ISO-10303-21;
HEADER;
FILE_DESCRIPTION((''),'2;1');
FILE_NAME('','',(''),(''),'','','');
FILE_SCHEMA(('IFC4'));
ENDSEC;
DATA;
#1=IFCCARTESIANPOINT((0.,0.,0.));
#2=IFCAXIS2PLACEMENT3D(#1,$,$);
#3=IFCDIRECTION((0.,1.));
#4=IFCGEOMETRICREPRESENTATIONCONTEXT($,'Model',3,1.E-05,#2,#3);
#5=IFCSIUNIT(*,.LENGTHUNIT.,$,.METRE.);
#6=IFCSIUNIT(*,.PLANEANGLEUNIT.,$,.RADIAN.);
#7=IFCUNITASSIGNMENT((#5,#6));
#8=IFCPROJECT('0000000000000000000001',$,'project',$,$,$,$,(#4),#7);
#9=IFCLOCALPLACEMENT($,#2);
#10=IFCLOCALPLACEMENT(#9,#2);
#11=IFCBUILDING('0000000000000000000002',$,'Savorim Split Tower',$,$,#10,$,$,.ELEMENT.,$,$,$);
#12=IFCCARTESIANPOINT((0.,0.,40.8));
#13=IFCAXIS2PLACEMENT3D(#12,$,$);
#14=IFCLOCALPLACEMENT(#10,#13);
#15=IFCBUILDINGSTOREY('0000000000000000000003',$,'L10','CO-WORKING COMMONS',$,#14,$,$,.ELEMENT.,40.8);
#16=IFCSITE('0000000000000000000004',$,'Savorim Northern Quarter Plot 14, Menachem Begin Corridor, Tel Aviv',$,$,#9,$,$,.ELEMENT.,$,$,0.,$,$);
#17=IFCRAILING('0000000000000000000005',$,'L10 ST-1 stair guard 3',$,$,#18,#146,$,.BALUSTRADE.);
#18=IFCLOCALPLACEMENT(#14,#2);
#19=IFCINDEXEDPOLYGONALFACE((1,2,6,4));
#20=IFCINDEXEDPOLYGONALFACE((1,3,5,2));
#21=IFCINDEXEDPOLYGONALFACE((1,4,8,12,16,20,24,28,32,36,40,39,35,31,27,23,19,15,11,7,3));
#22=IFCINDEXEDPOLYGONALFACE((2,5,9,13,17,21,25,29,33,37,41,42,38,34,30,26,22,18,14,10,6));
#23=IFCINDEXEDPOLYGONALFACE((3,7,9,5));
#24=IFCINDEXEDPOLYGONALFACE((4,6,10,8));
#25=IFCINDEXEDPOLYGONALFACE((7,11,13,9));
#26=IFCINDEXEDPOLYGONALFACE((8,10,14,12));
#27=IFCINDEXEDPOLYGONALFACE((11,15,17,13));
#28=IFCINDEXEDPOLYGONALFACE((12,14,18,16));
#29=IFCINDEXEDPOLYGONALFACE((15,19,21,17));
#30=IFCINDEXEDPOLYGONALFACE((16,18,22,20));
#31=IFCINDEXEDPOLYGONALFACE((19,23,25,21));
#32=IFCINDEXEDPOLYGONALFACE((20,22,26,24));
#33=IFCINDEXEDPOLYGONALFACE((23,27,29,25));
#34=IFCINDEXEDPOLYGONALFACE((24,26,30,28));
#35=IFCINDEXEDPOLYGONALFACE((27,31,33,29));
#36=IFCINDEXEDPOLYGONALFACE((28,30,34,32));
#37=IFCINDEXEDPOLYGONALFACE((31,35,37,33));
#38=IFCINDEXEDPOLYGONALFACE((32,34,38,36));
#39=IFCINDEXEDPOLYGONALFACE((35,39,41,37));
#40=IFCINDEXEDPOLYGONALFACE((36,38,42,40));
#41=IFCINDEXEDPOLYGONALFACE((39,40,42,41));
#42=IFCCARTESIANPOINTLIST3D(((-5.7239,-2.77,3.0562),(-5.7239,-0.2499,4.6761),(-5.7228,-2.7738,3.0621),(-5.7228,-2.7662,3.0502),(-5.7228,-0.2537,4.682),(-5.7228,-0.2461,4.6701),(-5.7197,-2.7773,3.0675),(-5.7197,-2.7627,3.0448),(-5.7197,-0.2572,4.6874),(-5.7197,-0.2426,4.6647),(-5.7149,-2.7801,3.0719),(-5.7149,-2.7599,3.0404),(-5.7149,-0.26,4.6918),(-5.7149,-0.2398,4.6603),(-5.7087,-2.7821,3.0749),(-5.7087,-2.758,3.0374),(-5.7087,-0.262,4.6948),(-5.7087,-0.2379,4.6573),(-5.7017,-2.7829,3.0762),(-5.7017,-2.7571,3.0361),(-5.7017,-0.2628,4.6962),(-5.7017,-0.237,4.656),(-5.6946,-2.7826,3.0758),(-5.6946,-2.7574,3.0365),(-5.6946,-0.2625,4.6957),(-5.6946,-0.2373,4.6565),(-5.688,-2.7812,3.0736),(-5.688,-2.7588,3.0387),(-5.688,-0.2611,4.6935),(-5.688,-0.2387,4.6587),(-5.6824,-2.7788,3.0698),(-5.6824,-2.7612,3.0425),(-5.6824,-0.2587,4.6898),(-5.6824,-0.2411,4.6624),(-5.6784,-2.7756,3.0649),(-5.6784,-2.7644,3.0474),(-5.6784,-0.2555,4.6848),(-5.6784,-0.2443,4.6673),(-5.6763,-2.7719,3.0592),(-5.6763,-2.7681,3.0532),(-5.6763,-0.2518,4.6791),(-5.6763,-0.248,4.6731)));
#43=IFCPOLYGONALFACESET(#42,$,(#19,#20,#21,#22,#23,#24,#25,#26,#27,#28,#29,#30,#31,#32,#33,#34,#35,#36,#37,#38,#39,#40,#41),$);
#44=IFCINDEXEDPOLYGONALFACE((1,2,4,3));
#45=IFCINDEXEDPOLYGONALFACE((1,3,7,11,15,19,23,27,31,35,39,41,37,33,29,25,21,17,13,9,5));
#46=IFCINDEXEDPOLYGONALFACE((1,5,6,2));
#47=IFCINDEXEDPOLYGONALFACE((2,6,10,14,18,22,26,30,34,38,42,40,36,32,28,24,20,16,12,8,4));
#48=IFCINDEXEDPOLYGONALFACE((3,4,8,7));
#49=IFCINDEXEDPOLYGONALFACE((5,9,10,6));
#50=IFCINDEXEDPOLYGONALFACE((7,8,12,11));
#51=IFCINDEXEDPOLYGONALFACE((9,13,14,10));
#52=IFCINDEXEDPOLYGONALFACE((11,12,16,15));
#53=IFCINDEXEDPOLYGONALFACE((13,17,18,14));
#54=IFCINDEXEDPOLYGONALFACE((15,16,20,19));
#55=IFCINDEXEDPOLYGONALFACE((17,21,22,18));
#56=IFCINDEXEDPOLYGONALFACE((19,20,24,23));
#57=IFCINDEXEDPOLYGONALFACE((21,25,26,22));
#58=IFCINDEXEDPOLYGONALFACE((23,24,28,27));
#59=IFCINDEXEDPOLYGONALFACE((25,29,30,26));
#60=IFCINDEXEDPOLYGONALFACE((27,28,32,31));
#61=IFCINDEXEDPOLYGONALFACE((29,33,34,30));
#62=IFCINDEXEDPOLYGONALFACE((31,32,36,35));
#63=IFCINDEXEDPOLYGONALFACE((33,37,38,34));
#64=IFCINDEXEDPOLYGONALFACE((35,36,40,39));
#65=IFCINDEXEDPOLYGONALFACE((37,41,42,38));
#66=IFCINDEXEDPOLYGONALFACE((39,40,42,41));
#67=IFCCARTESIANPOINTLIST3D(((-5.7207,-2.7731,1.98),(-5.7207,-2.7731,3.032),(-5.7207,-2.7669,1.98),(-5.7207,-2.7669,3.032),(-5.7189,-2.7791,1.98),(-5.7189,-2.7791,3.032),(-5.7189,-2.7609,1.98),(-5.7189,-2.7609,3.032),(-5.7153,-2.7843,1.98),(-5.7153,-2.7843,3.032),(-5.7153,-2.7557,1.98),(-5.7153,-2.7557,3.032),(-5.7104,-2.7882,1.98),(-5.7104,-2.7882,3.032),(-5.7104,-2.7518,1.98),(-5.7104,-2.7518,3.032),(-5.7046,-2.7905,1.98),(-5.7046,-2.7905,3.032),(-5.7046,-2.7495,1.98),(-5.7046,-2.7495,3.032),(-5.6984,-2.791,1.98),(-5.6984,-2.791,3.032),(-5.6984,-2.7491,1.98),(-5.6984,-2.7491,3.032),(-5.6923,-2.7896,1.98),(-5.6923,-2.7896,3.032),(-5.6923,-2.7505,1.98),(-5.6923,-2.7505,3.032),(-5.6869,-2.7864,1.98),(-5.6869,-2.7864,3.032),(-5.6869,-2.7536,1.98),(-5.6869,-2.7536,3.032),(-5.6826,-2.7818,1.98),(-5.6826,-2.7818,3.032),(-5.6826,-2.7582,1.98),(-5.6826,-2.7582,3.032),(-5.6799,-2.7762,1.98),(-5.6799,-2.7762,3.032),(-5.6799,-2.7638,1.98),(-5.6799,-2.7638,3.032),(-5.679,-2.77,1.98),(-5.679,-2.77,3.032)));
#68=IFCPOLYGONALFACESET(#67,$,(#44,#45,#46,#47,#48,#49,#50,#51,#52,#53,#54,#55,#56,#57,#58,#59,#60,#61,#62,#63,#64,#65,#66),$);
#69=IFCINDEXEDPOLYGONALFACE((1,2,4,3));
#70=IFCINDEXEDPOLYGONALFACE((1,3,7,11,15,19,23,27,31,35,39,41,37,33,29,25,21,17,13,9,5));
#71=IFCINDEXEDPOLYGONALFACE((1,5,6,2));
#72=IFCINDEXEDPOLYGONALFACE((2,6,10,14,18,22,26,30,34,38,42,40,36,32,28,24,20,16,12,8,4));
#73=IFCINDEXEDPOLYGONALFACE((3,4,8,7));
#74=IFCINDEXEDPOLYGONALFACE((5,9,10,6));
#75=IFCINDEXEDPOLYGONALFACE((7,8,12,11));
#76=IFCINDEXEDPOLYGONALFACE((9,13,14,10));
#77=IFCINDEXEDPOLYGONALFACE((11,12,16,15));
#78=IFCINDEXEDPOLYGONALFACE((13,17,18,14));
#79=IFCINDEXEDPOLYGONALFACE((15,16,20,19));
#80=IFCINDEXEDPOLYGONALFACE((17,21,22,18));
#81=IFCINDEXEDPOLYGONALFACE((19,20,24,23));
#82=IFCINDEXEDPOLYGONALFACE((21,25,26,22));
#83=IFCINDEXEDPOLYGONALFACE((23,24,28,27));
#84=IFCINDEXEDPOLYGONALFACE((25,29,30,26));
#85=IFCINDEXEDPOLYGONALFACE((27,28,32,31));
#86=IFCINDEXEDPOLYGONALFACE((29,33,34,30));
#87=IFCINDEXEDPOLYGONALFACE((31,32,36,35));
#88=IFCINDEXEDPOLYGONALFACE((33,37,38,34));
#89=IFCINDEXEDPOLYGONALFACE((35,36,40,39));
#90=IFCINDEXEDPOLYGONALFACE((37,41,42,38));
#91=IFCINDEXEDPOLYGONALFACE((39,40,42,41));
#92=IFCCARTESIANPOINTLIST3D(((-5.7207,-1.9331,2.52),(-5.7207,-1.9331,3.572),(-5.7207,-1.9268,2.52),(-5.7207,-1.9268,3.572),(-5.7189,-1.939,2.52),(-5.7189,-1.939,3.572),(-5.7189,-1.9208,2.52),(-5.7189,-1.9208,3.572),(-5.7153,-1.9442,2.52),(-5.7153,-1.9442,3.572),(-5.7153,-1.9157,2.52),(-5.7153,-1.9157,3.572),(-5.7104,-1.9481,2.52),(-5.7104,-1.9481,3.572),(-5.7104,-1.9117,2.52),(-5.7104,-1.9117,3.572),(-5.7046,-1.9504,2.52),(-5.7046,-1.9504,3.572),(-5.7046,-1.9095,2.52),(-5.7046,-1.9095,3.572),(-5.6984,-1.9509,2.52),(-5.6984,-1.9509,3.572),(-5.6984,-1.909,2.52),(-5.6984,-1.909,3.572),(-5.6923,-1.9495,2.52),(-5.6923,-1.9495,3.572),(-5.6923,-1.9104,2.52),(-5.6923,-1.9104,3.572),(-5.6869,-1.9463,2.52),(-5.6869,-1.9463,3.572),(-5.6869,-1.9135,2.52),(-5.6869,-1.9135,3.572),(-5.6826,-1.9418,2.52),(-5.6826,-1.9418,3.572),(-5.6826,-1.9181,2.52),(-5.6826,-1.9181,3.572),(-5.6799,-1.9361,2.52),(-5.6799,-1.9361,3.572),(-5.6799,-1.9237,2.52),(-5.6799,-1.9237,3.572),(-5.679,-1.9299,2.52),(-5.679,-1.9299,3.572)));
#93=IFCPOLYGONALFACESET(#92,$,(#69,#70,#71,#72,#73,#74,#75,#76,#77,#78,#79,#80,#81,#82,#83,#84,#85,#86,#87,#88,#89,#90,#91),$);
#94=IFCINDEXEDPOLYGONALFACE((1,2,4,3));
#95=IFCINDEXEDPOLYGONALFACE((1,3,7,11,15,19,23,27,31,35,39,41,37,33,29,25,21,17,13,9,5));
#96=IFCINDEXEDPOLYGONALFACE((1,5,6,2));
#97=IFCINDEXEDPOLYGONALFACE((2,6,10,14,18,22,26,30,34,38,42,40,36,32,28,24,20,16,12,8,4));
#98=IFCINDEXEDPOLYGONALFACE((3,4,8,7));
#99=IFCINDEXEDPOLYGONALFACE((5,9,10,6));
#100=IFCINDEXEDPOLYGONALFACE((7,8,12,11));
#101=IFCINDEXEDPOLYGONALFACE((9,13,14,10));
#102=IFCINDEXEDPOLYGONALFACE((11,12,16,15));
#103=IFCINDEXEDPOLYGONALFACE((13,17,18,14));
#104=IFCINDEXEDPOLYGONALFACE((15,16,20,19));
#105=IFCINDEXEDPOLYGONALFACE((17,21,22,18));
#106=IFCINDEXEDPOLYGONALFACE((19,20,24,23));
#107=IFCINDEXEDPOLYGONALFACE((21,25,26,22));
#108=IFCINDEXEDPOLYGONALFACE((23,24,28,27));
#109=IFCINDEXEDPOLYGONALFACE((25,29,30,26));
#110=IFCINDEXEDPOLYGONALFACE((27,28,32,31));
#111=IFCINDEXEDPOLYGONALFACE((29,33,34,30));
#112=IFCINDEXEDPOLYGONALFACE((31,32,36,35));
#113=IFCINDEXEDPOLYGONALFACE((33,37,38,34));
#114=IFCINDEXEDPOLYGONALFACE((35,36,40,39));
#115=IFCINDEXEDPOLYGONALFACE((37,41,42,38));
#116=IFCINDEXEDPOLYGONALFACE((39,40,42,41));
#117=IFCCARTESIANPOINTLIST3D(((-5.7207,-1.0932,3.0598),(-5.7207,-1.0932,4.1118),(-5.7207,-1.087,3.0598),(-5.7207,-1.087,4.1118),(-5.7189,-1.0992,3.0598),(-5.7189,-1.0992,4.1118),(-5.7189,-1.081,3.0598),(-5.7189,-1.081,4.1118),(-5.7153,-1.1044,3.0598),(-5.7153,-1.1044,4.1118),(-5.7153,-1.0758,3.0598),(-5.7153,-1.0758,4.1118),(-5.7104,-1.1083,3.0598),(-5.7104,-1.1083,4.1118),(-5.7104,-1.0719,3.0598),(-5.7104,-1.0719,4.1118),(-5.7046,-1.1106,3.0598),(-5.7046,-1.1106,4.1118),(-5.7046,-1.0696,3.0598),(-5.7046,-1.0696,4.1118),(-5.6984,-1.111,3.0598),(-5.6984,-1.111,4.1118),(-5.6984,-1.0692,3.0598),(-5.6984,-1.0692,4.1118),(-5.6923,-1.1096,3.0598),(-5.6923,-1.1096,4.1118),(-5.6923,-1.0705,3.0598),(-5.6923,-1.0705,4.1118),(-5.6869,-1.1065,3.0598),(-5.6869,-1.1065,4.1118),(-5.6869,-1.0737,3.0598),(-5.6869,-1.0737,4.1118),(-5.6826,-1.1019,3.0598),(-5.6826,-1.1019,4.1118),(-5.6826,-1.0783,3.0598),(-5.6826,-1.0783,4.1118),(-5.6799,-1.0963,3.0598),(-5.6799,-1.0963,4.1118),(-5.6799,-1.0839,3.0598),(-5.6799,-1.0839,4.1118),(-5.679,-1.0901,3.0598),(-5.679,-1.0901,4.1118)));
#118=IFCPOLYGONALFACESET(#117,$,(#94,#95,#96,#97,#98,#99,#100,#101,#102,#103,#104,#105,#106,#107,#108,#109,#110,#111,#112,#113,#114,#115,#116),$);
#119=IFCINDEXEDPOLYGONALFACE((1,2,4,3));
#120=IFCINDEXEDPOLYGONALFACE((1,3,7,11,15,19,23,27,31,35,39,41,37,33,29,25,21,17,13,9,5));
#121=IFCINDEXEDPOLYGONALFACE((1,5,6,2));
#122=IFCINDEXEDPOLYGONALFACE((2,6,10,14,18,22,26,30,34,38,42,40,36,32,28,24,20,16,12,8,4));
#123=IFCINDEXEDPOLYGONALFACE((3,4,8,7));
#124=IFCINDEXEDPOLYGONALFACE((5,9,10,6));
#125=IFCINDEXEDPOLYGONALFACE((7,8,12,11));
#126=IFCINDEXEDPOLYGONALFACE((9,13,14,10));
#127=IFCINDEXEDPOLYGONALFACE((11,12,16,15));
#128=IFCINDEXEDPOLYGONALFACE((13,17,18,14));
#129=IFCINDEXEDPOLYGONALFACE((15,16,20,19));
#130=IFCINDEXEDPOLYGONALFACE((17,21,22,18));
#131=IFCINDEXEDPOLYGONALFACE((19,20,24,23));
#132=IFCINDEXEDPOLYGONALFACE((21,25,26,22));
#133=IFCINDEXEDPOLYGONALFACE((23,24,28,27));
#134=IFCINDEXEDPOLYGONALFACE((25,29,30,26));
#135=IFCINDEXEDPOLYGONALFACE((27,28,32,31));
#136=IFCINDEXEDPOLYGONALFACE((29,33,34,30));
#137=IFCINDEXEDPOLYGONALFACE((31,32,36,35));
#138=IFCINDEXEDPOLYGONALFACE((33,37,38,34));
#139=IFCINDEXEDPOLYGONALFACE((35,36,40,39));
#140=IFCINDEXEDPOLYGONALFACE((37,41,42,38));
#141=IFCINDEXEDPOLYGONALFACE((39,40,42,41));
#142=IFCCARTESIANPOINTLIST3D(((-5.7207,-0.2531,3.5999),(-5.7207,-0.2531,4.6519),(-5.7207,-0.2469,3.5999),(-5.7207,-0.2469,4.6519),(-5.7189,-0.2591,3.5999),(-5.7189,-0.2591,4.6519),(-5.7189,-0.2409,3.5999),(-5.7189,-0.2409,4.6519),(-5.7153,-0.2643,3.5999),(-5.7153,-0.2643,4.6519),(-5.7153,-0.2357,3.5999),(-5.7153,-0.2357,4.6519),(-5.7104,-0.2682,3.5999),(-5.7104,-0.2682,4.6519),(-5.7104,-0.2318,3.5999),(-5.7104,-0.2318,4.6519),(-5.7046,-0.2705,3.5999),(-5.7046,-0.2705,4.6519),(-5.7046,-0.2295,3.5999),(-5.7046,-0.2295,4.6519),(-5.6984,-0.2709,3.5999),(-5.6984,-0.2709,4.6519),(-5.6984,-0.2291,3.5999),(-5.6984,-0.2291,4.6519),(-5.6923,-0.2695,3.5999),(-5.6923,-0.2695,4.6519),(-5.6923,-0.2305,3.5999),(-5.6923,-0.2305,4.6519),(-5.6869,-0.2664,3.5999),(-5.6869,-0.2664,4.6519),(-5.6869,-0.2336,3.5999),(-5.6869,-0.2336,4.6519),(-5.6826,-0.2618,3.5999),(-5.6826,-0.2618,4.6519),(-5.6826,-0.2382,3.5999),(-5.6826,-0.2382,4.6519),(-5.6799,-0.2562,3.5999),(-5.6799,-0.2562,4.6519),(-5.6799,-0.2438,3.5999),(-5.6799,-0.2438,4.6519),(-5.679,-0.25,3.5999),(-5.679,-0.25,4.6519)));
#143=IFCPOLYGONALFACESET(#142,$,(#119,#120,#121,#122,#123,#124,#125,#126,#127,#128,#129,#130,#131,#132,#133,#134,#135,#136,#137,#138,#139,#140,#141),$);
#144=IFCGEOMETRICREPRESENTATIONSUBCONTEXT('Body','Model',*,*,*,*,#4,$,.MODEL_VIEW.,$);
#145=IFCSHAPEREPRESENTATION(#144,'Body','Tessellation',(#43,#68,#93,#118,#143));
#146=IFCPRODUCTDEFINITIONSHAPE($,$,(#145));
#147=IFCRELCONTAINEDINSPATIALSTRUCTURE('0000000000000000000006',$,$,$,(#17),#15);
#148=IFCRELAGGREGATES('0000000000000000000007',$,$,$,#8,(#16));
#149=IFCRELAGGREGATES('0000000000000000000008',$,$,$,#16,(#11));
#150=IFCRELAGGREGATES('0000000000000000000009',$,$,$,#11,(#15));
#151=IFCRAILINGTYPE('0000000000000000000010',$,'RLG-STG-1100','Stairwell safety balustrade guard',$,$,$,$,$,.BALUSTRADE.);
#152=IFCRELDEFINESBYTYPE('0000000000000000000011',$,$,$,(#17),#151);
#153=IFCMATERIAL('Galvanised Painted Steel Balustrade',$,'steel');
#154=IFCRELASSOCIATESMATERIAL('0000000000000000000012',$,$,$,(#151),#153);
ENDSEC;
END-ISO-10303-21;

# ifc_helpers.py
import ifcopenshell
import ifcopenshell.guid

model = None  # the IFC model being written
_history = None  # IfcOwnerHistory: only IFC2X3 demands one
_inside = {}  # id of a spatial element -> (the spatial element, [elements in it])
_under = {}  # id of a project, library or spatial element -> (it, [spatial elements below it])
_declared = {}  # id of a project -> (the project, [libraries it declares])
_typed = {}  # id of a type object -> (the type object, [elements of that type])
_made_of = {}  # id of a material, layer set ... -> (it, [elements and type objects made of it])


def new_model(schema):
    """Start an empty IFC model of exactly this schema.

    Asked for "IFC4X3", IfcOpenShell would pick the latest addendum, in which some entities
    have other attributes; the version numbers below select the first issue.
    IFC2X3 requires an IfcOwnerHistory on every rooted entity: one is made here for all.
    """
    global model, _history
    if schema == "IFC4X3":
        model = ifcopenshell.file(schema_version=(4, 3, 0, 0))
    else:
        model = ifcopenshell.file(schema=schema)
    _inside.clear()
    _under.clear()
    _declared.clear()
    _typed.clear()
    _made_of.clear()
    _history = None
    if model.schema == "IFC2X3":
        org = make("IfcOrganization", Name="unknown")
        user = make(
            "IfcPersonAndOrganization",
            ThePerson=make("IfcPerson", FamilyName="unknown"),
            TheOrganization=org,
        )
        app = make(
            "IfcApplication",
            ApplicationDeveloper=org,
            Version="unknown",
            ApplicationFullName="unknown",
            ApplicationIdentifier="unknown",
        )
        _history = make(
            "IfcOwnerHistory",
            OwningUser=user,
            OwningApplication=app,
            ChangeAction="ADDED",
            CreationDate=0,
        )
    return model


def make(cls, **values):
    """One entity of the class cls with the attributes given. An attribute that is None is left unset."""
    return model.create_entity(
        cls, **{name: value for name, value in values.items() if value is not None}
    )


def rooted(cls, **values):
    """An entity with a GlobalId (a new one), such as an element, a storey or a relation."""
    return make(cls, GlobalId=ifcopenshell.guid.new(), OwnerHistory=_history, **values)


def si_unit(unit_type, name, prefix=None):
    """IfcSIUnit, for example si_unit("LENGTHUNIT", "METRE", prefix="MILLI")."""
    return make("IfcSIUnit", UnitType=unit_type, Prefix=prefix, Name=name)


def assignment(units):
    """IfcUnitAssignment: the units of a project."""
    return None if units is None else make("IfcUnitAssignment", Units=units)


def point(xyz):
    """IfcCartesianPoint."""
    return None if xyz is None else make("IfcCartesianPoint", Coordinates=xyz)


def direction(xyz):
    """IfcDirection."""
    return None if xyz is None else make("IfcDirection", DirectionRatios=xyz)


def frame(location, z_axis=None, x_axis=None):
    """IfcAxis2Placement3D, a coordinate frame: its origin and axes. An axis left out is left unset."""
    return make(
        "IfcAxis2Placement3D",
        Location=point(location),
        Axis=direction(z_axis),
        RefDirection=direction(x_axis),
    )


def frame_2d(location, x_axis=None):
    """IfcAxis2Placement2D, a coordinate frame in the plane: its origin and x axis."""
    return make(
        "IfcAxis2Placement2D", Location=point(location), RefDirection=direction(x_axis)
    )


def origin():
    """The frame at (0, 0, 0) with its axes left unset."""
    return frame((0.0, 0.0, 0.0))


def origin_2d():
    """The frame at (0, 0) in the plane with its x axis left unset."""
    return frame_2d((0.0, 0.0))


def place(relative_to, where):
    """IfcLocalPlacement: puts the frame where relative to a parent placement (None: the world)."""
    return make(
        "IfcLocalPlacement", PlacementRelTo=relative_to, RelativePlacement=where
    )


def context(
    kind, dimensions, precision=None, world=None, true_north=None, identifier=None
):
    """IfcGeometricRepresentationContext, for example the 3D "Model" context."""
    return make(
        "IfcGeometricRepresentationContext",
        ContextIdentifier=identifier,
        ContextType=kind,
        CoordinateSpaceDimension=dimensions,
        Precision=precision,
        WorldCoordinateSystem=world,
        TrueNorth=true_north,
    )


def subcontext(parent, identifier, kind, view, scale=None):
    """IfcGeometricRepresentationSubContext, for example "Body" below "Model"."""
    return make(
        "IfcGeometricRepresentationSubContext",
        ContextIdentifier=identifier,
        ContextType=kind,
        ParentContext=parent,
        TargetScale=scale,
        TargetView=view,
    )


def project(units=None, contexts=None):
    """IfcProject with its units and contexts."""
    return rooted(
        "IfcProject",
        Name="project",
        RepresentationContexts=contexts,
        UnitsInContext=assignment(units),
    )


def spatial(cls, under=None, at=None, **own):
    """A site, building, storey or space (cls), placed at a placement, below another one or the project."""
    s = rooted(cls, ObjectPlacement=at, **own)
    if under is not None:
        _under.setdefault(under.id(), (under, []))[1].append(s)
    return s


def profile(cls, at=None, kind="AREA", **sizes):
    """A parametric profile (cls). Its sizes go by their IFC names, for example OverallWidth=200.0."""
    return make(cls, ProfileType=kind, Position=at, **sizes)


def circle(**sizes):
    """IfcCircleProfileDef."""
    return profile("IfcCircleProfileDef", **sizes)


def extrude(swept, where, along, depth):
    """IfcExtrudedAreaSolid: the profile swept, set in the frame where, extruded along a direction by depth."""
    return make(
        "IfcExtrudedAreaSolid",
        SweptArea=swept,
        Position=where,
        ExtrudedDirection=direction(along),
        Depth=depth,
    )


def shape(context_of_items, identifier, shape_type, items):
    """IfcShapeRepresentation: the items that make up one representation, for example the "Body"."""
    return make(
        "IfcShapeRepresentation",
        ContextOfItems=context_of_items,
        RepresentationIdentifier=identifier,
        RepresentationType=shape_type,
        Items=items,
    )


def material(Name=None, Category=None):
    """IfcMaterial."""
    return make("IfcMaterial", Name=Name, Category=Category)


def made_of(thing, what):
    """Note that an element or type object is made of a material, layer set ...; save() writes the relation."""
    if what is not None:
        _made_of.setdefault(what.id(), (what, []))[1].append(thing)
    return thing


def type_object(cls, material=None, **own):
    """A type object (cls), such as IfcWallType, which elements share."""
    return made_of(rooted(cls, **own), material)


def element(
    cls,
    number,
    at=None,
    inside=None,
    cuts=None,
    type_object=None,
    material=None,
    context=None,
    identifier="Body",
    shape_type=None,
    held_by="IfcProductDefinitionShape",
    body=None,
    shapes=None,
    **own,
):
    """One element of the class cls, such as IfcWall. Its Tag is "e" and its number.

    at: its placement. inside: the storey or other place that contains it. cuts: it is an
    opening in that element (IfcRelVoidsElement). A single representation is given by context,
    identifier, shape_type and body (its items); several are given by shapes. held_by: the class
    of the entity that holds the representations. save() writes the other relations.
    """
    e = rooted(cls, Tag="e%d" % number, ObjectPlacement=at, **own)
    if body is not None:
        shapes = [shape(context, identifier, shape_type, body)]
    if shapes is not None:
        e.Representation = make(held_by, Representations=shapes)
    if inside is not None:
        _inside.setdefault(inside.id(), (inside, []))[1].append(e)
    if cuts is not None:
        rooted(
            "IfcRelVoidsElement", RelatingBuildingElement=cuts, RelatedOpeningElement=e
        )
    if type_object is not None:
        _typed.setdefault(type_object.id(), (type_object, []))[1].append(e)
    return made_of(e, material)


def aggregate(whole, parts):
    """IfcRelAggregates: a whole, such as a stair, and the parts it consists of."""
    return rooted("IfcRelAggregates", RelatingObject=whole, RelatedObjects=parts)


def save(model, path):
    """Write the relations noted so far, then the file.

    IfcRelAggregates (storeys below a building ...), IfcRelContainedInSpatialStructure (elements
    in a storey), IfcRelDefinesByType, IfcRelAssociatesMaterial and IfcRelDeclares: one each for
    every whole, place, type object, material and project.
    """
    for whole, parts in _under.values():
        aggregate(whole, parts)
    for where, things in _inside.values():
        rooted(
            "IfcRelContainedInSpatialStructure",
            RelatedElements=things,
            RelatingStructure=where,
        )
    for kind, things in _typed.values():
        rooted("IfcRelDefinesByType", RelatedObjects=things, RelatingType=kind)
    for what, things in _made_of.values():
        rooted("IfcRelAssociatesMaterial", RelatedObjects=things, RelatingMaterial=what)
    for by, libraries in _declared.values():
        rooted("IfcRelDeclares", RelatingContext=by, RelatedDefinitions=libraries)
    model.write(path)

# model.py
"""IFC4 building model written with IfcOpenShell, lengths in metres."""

from ifc_helpers import new_model, si_unit, direction, frame, origin, origin_2d, place, context, subcontext, project, spatial, circle, extrude, material, type_object, element, save


model = new_model("IFC4")

# Units and contexts
model_context = context("Model", 3, precision=1e-05, world=origin(), true_north=direction((0.0, 1.0)))
body_context = subcontext(model_context, "Body", "Model", "MODEL_VIEW")
ifc_project = project(units=[si_unit("LENGTHUNIT", "METRE"), si_unit("PLANEANGLEUNIT", "RADIAN")], contexts=[model_context])

# Site, building, storey
site_placement = place(None, origin())
site = spatial("IfcSite", under=ifc_project, at=site_placement, Name="Savorim Northern Quarter Plot 14, Menachem Begin Corridor, Tel Aviv", CompositionType="ELEMENT", RefElevation=0.0)
building_placement = place(site_placement, origin())
building = spatial("IfcBuilding", under=site, at=building_placement, Name="Savorim Split Tower", CompositionType="ELEMENT")
storey_placement = place(building_placement, frame((0.0, 0.0, 40.8)))
storey = spatial("IfcBuildingStorey", under=building, at=storey_placement, Name="L10", Description="CO-WORKING COMMONS", CompositionType="ELEMENT", Elevation=40.8)

# Railing
ifc_material_1 = material(Name="Galvanised Painted Steel Balustrade", Category="steel")
railing_type_1 = type_object("IfcRailingType", Name="RLG-STG-1100", Description="Stairwell safety balustrade guard", PredefinedType="BALUSTRADE", material=ifc_material_1)
railing_1_placement = place(storey_placement, frame((-5.7, -2.77, 1.98)))
element("IfcRailing", 1, at=railing_1_placement, inside=storey, type_object=railing_type_1, Name="L10 ST-1 stair guard 3", PredefinedType="BALUSTRADE", context=body_context, shape_type="SweptSolid", body=[
    extrude(circle(Radius=0.0239, at=origin_2d()), frame((0.0, 0.0, 1.0762), z_axis=(0.0, 0.8412, 0.540725), x_axis=(-1.0, 0.0, 0.0)), (0.0, 0.0, 1.0), 2.9958),
    extrude(circle(Radius=0.021, at=origin_2d()), origin(), (0.0, 0.0, 1.0), 1.052),
    extrude(circle(Radius=0.021, at=origin_2d()), frame((0.0, 0.8401, 0.54)), (0.0, 0.0, 1.0), 1.052),
    extrude(circle(Radius=0.021, at=origin_2d()), frame((0.0, 1.6799, 1.0798)), (0.0, 0.0, 1.0), 1.052),
    extrude(circle(Radius=0.021, at=origin_2d()), frame((0.0, 2.52, 1.6199)), (0.0, 0.0, 1.0), 1.052),
])

save(model, "model.ifc")
